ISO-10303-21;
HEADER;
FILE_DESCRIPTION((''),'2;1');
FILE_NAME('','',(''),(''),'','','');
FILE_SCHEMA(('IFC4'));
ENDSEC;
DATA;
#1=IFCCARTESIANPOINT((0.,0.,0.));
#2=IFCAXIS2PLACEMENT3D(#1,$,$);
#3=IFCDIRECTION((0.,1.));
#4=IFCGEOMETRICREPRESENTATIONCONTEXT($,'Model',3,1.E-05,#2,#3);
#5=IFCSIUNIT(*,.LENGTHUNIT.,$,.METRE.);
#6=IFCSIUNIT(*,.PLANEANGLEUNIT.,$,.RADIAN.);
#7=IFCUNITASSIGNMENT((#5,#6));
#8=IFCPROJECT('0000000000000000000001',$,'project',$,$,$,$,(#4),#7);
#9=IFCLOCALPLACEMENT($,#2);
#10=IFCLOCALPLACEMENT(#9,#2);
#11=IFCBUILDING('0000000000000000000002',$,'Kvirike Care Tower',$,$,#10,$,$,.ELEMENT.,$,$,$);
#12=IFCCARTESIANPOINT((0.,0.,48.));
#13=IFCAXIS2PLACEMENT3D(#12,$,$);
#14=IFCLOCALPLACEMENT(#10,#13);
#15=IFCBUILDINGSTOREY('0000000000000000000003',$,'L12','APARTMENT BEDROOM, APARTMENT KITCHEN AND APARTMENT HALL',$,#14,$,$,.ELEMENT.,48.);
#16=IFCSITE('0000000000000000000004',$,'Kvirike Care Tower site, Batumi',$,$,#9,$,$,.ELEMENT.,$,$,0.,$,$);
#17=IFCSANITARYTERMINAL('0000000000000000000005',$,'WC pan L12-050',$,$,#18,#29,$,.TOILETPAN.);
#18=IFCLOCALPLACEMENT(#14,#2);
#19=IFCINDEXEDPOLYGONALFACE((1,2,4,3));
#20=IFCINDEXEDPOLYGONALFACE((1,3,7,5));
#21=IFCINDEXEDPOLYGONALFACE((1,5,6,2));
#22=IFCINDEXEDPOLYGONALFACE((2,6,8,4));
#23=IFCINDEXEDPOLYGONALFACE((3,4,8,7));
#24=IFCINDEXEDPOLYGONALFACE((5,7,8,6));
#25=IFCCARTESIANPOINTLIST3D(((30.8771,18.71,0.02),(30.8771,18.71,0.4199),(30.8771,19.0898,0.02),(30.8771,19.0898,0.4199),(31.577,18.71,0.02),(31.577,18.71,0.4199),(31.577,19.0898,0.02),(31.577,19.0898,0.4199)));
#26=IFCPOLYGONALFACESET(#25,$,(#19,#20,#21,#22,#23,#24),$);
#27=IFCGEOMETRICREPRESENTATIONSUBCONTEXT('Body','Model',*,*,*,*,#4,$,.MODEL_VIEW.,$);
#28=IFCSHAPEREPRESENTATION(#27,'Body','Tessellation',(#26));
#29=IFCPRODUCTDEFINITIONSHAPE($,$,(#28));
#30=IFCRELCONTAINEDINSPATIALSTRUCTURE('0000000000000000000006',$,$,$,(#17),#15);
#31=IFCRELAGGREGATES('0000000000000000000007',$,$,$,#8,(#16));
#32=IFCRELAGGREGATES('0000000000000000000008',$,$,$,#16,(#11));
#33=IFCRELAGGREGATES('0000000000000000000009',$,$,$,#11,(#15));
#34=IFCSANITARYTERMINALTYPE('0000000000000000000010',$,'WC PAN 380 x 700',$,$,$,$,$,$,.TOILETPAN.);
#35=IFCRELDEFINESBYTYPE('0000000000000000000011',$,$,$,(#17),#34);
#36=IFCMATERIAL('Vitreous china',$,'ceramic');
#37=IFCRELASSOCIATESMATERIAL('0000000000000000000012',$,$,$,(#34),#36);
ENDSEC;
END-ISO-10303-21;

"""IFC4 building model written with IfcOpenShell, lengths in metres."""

from ifc_helpers import new_model, si_unit, direction, frame, origin, origin_2d, place, context, subcontext, project, spatial, rectangle, extrude, material, type_object, element, save


model = new_model("IFC4")

# Units and contexts
model_context = context("Model", 3, precision=1e-05, world=origin(), true_north=direction((0.0, 1.0)))
body_context = subcontext(model_context, "Body", "Model", "MODEL_VIEW")
ifc_project = project(units=[si_unit("LENGTHUNIT", "METRE"), si_unit("PLANEANGLEUNIT", "RADIAN")], contexts=[model_context])

# Site, building, storey
site_placement = place(None, origin())
site = spatial("IfcSite", under=ifc_project, at=site_placement, Name="Kvirike Care Tower site, Batumi", CompositionType="ELEMENT", RefElevation=0.0)
building_placement = place(site_placement, origin())
building = spatial("IfcBuilding", under=site, at=building_placement, Name="Kvirike Care Tower", CompositionType="ELEMENT")
storey_placement = place(building_placement, frame((0.0, 0.0, 48.0)))
storey = spatial("IfcBuildingStorey", under=building, at=storey_placement, Name="L12", Description="APARTMENT BEDROOM, APARTMENT KITCHEN AND APARTMENT HALL", CompositionType="ELEMENT", Elevation=48.0)

# Sanitary terminal
ifc_material_1 = material(Name="Vitreous china", Category="ceramic")
sanitary_terminal_type_1 = type_object("IfcSanitaryTerminalType", Name="WC PAN 380 x 700", PredefinedType="TOILETPAN", material=ifc_material_1)
sanitary_terminal_1_placement = place(storey_placement, frame((31.2271, 18.8999, 0.02), z_axis=(0.0, 0.0, 1.0), x_axis=(0.0, 1.0, 0.0)))
element("IfcSanitaryTerminal", 1, at=sanitary_terminal_1_placement, inside=storey, type_object=sanitary_terminal_type_1, Name="WC pan L12-050", PredefinedType="TOILETPAN", context=body_context, shape_type="SweptSolid", body=[
    extrude(rectangle(XDim=0.3799, YDim=0.7, at=origin_2d()), origin(), (0.0, 0.0, 1.0), 0.3999),
])

save(model, "model.ifc")
